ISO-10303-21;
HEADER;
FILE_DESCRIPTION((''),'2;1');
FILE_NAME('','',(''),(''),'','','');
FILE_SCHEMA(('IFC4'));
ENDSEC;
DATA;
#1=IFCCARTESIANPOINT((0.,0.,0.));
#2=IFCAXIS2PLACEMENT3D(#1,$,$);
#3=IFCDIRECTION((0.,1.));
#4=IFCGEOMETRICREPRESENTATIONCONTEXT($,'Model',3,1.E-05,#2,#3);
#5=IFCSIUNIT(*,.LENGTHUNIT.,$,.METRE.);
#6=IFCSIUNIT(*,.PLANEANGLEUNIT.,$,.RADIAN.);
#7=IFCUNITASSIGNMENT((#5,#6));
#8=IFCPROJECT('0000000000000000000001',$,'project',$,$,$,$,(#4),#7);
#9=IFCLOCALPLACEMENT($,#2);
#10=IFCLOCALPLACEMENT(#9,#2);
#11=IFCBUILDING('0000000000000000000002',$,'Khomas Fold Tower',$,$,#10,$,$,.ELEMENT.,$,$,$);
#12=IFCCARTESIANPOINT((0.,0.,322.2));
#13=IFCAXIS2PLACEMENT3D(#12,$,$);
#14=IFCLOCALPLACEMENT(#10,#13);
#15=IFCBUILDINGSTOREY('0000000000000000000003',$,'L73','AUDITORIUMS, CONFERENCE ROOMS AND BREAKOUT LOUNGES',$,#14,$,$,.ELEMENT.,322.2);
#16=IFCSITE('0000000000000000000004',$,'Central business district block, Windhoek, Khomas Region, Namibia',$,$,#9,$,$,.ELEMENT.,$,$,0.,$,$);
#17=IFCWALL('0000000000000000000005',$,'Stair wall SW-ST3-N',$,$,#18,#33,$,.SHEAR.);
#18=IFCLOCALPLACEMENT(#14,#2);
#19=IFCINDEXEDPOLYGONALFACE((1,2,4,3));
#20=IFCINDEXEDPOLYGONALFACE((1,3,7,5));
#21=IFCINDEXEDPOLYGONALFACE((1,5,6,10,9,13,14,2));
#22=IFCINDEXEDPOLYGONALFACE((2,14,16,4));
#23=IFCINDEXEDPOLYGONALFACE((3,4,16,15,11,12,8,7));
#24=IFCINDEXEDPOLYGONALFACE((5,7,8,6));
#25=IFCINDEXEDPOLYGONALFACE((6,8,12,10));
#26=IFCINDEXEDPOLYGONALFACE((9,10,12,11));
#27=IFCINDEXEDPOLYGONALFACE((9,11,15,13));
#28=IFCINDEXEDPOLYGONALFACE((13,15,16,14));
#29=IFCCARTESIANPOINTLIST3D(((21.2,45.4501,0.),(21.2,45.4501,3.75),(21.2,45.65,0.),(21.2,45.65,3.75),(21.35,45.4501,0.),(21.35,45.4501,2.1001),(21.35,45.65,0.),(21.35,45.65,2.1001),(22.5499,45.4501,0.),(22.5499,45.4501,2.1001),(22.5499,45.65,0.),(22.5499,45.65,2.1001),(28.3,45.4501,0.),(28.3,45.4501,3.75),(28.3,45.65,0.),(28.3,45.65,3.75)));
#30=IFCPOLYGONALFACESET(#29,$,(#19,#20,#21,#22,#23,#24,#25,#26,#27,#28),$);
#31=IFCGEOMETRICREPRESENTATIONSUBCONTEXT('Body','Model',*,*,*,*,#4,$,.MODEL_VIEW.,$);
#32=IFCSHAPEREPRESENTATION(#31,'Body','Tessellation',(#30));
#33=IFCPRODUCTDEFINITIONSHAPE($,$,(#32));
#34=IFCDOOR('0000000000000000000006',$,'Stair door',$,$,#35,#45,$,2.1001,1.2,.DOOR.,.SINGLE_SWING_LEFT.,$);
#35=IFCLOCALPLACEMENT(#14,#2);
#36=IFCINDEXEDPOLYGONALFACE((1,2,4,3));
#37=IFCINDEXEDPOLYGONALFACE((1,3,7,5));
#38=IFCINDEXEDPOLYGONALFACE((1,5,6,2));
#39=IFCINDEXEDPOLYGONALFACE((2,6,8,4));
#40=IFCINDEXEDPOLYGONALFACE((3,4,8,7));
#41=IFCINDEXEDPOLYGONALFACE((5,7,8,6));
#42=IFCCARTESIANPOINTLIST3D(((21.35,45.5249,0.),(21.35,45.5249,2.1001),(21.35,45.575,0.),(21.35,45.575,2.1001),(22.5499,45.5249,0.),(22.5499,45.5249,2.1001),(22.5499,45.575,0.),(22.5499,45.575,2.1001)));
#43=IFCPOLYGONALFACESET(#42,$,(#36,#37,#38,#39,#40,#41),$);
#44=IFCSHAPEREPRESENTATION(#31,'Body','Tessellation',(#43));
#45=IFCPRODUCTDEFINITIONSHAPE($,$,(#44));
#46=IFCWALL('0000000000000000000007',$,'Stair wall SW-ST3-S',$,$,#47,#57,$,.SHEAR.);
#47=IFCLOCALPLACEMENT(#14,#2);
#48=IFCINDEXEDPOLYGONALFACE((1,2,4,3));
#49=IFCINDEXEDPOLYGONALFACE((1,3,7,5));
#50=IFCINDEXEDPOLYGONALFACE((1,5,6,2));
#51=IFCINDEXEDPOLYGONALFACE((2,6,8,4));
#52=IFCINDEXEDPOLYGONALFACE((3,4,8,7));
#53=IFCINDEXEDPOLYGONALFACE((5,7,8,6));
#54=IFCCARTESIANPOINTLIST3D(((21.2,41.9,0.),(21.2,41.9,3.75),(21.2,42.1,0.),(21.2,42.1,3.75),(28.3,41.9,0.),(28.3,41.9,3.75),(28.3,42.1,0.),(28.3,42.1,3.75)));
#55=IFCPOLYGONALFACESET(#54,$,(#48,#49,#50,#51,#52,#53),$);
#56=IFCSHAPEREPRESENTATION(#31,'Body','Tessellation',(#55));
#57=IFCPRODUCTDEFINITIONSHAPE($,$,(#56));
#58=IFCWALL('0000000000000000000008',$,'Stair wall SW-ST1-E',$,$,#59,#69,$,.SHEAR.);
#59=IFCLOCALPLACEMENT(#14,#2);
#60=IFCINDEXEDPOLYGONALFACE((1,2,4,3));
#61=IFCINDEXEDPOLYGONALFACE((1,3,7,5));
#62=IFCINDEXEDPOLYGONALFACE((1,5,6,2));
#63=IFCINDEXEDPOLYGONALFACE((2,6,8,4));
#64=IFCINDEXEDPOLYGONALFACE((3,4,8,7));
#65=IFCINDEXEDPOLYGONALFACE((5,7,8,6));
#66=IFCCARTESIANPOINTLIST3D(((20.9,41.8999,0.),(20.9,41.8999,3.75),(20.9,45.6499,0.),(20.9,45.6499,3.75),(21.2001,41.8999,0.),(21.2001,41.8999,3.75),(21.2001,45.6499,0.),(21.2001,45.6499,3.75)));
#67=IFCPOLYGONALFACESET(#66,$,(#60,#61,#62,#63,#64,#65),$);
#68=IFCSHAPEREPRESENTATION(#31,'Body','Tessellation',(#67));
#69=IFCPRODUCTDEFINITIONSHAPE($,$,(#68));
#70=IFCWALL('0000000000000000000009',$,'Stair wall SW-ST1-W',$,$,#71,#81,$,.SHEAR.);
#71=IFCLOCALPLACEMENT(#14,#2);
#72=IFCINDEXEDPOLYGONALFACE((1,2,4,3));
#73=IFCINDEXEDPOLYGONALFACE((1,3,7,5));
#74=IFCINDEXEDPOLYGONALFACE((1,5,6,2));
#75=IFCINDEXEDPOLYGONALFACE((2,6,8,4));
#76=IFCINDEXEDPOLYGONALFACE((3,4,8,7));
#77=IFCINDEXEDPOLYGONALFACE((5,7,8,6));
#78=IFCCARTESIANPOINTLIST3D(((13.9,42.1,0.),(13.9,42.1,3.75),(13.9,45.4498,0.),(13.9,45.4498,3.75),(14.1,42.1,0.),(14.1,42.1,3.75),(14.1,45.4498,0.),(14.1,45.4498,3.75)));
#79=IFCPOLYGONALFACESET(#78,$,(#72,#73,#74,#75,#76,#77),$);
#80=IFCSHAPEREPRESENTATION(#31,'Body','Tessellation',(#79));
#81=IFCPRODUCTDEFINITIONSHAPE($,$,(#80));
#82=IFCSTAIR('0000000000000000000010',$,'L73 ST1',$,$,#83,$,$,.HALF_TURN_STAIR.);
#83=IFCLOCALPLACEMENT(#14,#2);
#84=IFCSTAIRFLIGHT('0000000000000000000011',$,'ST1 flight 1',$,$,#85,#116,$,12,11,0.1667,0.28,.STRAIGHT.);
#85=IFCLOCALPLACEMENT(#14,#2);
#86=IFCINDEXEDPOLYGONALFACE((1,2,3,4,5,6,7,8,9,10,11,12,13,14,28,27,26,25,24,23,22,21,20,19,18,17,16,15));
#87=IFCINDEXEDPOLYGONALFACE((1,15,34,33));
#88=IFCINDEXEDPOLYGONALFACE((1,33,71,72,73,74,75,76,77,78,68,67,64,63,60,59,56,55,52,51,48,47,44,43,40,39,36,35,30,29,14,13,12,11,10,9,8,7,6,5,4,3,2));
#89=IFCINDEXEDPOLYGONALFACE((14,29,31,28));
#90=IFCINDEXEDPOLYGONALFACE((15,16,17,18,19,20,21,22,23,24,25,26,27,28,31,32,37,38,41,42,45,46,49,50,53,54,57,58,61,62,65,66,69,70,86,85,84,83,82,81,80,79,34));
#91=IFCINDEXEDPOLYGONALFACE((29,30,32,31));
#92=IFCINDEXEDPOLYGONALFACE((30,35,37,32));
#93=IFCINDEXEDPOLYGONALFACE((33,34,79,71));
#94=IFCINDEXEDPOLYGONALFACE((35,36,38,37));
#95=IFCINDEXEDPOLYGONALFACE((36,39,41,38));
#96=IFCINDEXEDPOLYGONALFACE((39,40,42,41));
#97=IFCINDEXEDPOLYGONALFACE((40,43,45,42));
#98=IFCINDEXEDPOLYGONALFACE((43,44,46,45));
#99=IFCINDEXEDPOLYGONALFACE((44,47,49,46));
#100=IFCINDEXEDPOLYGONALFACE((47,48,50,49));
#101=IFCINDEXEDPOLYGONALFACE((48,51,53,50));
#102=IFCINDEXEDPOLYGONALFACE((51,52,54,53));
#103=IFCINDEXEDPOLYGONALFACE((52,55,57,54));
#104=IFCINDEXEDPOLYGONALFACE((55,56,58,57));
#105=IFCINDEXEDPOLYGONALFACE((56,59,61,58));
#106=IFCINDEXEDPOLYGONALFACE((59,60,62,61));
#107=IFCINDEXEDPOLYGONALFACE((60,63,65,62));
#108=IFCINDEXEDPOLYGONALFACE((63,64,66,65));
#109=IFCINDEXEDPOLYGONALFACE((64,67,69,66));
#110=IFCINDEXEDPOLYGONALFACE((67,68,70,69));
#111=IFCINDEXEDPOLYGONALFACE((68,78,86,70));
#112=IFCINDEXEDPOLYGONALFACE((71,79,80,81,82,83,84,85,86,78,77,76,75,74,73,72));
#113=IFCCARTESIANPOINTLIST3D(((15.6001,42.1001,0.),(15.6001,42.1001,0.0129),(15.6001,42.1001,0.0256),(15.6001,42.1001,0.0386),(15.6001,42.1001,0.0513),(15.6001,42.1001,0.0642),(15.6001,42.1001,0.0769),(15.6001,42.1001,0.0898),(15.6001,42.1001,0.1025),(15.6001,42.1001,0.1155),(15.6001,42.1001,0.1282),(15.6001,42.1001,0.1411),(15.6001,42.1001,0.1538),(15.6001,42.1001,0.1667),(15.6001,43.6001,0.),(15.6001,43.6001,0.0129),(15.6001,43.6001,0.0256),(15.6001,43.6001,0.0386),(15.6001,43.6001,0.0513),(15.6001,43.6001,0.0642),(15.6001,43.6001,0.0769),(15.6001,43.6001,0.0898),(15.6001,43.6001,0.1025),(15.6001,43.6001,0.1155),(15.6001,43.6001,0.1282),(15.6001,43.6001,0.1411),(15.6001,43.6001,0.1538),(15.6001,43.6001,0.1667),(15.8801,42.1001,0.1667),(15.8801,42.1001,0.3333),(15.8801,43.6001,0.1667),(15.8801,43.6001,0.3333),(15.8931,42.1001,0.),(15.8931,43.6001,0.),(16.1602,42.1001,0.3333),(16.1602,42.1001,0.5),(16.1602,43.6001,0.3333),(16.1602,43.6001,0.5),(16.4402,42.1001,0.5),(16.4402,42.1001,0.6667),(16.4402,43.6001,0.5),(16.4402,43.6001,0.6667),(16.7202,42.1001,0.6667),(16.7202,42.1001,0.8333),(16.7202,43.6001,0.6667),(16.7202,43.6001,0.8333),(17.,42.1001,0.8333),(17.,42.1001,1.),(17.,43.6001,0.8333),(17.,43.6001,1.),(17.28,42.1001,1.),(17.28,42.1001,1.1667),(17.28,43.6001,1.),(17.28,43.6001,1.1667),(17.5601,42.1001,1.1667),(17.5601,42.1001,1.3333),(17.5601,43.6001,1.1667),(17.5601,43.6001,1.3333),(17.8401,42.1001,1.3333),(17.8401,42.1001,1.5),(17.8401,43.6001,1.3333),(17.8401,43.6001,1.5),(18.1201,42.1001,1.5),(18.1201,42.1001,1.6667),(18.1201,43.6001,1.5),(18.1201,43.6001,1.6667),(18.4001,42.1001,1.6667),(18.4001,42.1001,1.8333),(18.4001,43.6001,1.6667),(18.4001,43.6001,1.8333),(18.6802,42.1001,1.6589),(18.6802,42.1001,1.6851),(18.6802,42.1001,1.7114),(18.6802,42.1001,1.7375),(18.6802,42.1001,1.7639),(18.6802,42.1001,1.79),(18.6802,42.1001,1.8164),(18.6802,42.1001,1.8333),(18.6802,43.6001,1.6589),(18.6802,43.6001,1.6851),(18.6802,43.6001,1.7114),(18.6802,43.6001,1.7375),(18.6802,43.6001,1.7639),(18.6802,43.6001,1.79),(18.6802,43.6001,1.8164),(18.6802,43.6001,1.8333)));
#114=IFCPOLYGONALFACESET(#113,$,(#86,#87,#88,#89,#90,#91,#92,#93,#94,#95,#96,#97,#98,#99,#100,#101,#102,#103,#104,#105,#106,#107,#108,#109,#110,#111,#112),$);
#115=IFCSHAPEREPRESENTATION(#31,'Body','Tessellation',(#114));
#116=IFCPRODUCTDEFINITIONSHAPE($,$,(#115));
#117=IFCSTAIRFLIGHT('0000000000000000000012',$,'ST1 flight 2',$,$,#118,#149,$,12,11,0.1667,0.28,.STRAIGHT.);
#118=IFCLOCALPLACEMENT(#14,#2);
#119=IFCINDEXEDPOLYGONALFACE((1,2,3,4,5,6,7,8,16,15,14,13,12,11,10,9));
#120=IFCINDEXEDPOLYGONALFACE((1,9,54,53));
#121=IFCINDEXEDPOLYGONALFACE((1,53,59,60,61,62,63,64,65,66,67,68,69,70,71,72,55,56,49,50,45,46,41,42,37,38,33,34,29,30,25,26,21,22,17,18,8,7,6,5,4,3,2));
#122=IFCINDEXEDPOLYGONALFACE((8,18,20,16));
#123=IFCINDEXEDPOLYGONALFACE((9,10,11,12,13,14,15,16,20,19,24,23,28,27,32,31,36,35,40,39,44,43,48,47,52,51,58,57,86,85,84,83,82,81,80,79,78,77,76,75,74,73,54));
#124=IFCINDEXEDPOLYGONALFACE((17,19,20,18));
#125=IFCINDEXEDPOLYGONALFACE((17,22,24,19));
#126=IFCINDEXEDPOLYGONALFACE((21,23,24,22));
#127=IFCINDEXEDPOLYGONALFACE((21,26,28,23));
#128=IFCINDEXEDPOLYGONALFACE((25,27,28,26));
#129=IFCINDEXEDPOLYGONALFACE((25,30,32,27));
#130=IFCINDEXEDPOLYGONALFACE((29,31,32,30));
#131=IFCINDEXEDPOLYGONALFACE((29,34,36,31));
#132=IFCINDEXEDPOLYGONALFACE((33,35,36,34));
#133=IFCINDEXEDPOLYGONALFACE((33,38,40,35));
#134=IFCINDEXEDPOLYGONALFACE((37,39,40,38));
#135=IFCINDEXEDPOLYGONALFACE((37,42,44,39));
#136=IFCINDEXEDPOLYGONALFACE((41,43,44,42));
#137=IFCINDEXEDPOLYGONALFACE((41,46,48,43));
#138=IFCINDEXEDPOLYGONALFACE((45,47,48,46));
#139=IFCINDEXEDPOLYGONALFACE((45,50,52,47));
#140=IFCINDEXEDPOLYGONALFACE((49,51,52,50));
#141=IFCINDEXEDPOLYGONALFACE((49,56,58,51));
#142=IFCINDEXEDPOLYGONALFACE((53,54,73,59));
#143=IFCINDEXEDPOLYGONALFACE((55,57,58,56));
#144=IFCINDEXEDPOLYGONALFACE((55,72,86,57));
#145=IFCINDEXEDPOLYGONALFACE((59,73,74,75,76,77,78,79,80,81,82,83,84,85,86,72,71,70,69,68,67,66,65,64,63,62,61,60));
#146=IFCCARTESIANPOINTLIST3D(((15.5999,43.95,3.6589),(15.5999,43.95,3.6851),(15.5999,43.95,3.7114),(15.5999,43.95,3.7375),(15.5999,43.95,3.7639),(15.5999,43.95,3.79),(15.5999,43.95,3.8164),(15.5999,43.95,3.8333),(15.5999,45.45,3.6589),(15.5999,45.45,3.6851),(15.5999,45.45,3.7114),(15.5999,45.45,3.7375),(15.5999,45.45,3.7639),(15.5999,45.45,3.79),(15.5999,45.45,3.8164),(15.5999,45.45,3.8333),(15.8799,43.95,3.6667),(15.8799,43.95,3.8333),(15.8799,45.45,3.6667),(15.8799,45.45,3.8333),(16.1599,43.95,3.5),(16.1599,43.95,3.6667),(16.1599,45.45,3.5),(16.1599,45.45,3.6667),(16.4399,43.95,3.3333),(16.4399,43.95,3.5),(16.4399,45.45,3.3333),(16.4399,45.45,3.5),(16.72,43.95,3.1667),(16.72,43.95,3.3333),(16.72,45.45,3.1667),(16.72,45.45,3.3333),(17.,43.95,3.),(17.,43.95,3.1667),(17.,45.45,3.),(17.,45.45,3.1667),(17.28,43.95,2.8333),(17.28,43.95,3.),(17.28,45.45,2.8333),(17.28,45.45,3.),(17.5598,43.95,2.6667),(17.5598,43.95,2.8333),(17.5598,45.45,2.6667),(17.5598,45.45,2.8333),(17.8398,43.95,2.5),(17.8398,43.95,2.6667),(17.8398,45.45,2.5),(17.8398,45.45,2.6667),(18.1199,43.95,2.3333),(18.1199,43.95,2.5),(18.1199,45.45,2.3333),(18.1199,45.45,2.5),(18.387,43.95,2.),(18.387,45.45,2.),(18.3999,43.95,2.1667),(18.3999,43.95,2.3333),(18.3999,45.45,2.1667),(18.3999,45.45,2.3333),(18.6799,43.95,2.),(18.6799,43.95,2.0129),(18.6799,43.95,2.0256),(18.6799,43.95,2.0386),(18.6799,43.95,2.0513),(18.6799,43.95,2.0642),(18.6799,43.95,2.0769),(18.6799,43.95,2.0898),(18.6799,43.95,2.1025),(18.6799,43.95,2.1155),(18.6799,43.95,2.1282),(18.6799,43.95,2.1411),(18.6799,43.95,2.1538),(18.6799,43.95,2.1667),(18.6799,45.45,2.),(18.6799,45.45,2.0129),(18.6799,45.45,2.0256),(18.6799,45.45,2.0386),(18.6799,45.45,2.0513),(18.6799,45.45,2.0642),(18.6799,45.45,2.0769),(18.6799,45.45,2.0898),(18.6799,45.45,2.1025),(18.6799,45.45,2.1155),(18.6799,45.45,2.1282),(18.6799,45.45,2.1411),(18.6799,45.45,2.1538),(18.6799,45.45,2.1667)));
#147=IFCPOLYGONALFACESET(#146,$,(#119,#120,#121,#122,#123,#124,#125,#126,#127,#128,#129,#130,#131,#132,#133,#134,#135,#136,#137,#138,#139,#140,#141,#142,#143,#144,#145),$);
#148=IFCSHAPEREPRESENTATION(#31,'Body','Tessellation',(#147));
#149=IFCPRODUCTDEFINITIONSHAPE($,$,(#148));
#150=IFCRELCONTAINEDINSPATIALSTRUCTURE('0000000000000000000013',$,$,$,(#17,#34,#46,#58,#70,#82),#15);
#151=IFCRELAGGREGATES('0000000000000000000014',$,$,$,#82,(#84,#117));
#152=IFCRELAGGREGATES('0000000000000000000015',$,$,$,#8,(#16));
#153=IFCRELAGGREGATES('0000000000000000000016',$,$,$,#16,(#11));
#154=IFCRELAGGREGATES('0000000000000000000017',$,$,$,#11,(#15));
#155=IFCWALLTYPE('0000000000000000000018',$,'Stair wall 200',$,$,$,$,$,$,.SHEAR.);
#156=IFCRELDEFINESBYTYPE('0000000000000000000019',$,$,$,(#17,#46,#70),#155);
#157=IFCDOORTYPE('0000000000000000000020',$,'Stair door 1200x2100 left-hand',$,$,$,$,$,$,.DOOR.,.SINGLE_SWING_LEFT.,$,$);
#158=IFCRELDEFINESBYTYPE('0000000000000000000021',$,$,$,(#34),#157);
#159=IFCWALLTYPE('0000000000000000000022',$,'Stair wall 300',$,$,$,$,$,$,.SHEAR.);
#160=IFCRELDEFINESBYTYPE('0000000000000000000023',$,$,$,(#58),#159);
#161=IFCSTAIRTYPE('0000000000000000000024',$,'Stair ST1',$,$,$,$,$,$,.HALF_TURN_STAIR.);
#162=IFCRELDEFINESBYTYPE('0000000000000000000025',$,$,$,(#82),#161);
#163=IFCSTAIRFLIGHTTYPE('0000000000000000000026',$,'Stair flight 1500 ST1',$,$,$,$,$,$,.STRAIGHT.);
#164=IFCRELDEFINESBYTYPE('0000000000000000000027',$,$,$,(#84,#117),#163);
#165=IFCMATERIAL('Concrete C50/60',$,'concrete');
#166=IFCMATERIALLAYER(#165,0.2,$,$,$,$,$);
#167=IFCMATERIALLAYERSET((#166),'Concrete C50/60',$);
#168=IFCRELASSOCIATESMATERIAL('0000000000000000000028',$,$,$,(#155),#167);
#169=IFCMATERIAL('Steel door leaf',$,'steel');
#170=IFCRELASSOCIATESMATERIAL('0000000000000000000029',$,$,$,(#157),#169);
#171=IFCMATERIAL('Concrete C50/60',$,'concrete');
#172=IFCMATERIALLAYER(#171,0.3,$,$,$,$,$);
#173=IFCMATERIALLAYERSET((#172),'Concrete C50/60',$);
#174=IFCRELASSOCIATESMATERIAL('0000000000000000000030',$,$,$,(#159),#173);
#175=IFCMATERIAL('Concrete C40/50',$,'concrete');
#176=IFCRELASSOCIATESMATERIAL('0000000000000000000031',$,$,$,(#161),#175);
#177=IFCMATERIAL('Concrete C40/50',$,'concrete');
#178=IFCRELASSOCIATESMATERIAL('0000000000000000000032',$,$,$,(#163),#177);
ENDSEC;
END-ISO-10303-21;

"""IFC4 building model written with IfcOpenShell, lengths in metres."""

from ifc_helpers import new_model, si_unit, direction, frame, frame_2d, origin, place, context, subcontext, project, spatial, polyline, rectangle, outline, extrude, source, transform, mapped, material, layer, layer_set, type_object, element, fill, aggregate, save


model = new_model("IFC4")

# Units and contexts
model_context = context("Model", 3, precision=1e-05, world=origin(), true_north=direction((0.0, 1.0)))
body_context = subcontext(model_context, "Body", "Model", "MODEL_VIEW")
ifc_project = project(units=[si_unit("LENGTHUNIT", "METRE"), si_unit("PLANEANGLEUNIT", "RADIAN")], contexts=[model_context])

# Site, building, storey
site_placement = place(None, origin())
site = spatial("IfcSite", under=ifc_project, at=site_placement, Name="Central business district block, Windhoek, Khomas Region, Namibia", CompositionType="ELEMENT", RefElevation=0.0)
building_placement = place(site_placement, origin())
building = spatial("IfcBuilding", under=site, at=building_placement, Name="Khomas Fold Tower", CompositionType="ELEMENT")
storey_placement = place(building_placement, frame((0.0, 0.0, 322.2)))
storey = spatial("IfcBuildingStorey", under=building, at=storey_placement, Name="L73", Description="AUDITORIUMS, CONFERENCE ROOMS AND BREAKOUT LOUNGES", CompositionType="ELEMENT", Elevation=322.2)

# Shared definitions
ifc_material_1 = material(Name="Concrete C50/60", Category="concrete")
ifc_layer_1 = layer(ifc_material_1, 0.2)
ifc_layer_set_1 = layer_set([ifc_layer_1], Name="Concrete C50/60")
wall_type_1 = type_object("IfcWallType", Name="Stair wall 200", PredefinedType="SHEAR", material=ifc_layer_set_1)
shared_shape_1 = source(origin(), body_context, "Body", "SweptSolid", [
    extrude(rectangle(XDim=1.2, YDim=2.1001, at=frame_2d((0.6001, 1.05))), frame((0.0, 0.1099, 0.0), z_axis=(0.0, -1.0, 0.0), x_axis=(1.0, 0.0, 0.0)), (0.0, 0.0, 1.0), 0.22),
])
ifc_material_2 = material(Name="Steel door leaf", Category="steel")
door_type = type_object("IfcDoorType", Name="Stair door 1200x2100 left-hand", OperationType="SINGLE_SWING_LEFT", PredefinedType="DOOR", material=ifc_material_2)
shared_shape_2 = source(origin(), body_context, "Body", "SweptSolid", [
    extrude(rectangle(XDim=1.2, YDim=2.1001, at=frame_2d((0.6001, 1.05))), frame((0.0, 0.0249, 0.0), z_axis=(0.0, -1.0, 0.0), x_axis=(1.0, 0.0, 0.0)), (0.0, 0.0, 1.0), 0.05),
])

# Wall, opening, door
shared_shape_3 = source(origin(), body_context, "Body", "SweptSolid", [
    extrude(rectangle(XDim=7.1001, YDim=0.2, at=frame_2d((3.55, 0.0))), origin(), (0.0, 0.0, 1.0), 3.75),
])
wall_1_placement = place(storey_placement, frame((21.2, 45.55, 0.0), z_axis=(0.0, 0.0, 1.0), x_axis=(1.0, 0.0, 0.0)))
wall_1 = element("IfcWall", 1, at=wall_1_placement, inside=storey, type_object=wall_type_1, Name="Stair wall SW-ST3-N", PredefinedType="SHEAR", context=body_context, shape_type="MappedRepresentation", body=[
    mapped(shared_shape_3, transform((0.0, 0.0, 0.0))),
])
opening_1_placement = place(wall_1_placement, frame((0.1499, 0.0, 0.0)))
opening_1 = element("IfcOpeningElement", 2, at=opening_1_placement, cuts=wall_1, PredefinedType="OPENING", context=body_context, shape_type="MappedRepresentation", body=[
    mapped(shared_shape_1, transform((0.0, 0.0, 0.0))),
])
door_1_placement = place(opening_1_placement, origin())
door_1 = element("IfcDoor", 3, at=door_1_placement, inside=storey, type_object=door_type, Name="Stair door", OperationType="SINGLE_SWING_LEFT", OverallHeight=2.1001, OverallWidth=1.2, PredefinedType="DOOR", context=body_context, shape_type="MappedRepresentation", body=[
    mapped(shared_shape_2, transform((0.0, 0.0, 0.0))),
])
fill(opening_1, door_1)

# Walls
wall_2_placement = place(storey_placement, frame((21.2, 42.0, 0.0), z_axis=(0.0, 0.0, 1.0), x_axis=(1.0, 0.0, 0.0)))
element("IfcWall", 4, at=wall_2_placement, inside=storey, type_object=wall_type_1, Name="Stair wall SW-ST3-S", PredefinedType="SHEAR", context=body_context, shape_type="MappedRepresentation", body=[
    mapped(shared_shape_3, transform((0.0, 0.0, 0.0))),
])
ifc_material_3 = material(Name="Concrete C50/60", Category="concrete")
ifc_layer_2 = layer(ifc_material_3, 0.3)
ifc_layer_set_2 = layer_set([ifc_layer_2], Name="Concrete C50/60")
wall_type_2 = type_object("IfcWallType", Name="Stair wall 300", PredefinedType="SHEAR", material=ifc_layer_set_2)
shared_shape_4 = source(origin(), body_context, "Body", "SweptSolid", [
    extrude(rectangle(XDim=3.75, YDim=0.3, at=frame_2d((1.875, 0.0))), origin(), (0.0, 0.0, 1.0), 3.75),
])
wall_3_placement = place(storey_placement, frame((21.05, 41.8999, 0.0), z_axis=(0.0, 0.0, 1.0), x_axis=(0.0, 1.0, 0.0)))
element("IfcWall", 5, at=wall_3_placement, inside=storey, type_object=wall_type_2, Name="Stair wall SW-ST1-E", PredefinedType="SHEAR", context=body_context, shape_type="MappedRepresentation", body=[
    mapped(shared_shape_4, transform((0.0, 0.0, 0.0))),
])
shared_shape_5 = source(origin(), body_context, "Body", "SweptSolid", [
    extrude(rectangle(XDim=3.3499, YDim=0.2, at=frame_2d((1.6748, 0.0))), origin(), (0.0, 0.0, 1.0), 3.75),
])
wall_4_placement = place(storey_placement, frame((14.0, 42.1001, 0.0), z_axis=(0.0, 0.0, 1.0), x_axis=(0.0, 1.0, 0.0)))
element("IfcWall", 6, at=wall_4_placement, inside=storey, type_object=wall_type_1, Name="Stair wall SW-ST1-W", PredefinedType="SHEAR", context=body_context, shape_type="MappedRepresentation", body=[
    mapped(shared_shape_5, transform((0.0, 0.0, 0.0))),
])

# Stair, stair flights
ifc_material_4 = material(Name="Concrete C40/50", Category="concrete")
stair_type_1 = type_object("IfcStairType", Name="Stair ST1", PredefinedType="HALF_TURN_STAIR", material=ifc_material_4)
stair_1_placement = place(storey_placement, origin())
stair_1 = element("IfcStair", 7, at=stair_1_placement, inside=storey, type_object=stair_type_1, Name="L73 ST1", PredefinedType="HALF_TURN_STAIR")
ifc_material_5 = material(Name="Concrete C40/50", Category="concrete")
stair_flight_type_1 = type_object("IfcStairFlightType", Name="Stair flight 1500 ST1", PredefinedType="STRAIGHT", material=ifc_material_5)
shared_shape_6 = source(origin(), body_context, "Body", "SweptSolid", [
    extrude(outline(polyline([(0.0, 0.0), (0.0, 0.0129), (0.0, 0.0256), (0.0, 0.0386), (0.0, 0.0513), (0.0, 0.0642), (0.0, 0.0769), (0.0, 0.0898), (0.0, 0.1025), (0.0, 0.1155), (0.0, 0.1282), (0.0, 0.1411), (0.0, 0.1538), (0.0, 0.1667), (0.28, 0.1667), (0.28, 0.3333), (0.5601, 0.3333), (0.5601, 0.5), (0.8401, 0.5), (0.8401, 0.6667), (1.1201, 0.6667), (1.1201, 0.8333), (1.3999, 0.8333), (1.3999, 1.0), (1.6799, 1.0), (1.6799, 1.1667), (1.96, 1.1667), (1.96, 1.3333), (2.24, 1.3333), (2.24, 1.5), (2.52, 1.5), (2.52, 1.6667), (2.8, 1.6667), (2.8, 1.8333), (3.0801, 1.8333), (3.0801, 2.0), (3.0801, 1.9739), (3.0801, 1.9475), (3.0801, 1.9214), (3.0801, 1.895), (3.0801, 1.8689), (3.0801, 1.8425), (3.0801, 1.8164), (3.0801, 1.79), (3.0801, 1.7639), (3.0801, 1.7375), (3.0801, 1.7114), (3.0801, 1.6851), (3.0801, 1.6589), (0.293, 0.0), (0.0, 0.0)])), frame((0.0, 0.75, 0.0), z_axis=(0.0, -1.0, 0.0), x_axis=(1.0, 0.0, 0.0)), (0.0, 0.0, 1.0), 1.5),
])
stair_flight_1_placement = place(storey_placement, frame((15.6001, 42.8501, 0.0), z_axis=(0.0, 0.0, 1.0), x_axis=(1.0, 0.0, 0.0)))
stair_flight_1 = element("IfcStairFlight", 8, at=stair_flight_1_placement, type_object=stair_flight_type_1, Name="ST1 flight 1", NumberOfRisers=12, NumberOfTreads=11, PredefinedType="STRAIGHT", RiserHeight=0.1667, TreadLength=0.28, context=body_context, shape_type="MappedRepresentation", body=[
    mapped(shared_shape_6, transform((0.0, 0.0, 0.0))),
])
stair_flight_2_placement = place(storey_placement, frame((18.6799, 44.7, 2.0), z_axis=(0.0, 0.0, 1.0), x_axis=(-1.0, 0.0, 0.0)))
stair_flight_2 = element("IfcStairFlight", 9, at=stair_flight_2_placement, type_object=stair_flight_type_1, Name="ST1 flight 2", NumberOfRisers=12, NumberOfTreads=11, PredefinedType="STRAIGHT", RiserHeight=0.1667, TreadLength=0.28, context=body_context, shape_type="MappedRepresentation", body=[
    mapped(shared_shape_6, transform((0.0, 0.0, 0.0))),
])
aggregate(stair_1, [stair_flight_1, stair_flight_2])

save(model, "model.ifc")
